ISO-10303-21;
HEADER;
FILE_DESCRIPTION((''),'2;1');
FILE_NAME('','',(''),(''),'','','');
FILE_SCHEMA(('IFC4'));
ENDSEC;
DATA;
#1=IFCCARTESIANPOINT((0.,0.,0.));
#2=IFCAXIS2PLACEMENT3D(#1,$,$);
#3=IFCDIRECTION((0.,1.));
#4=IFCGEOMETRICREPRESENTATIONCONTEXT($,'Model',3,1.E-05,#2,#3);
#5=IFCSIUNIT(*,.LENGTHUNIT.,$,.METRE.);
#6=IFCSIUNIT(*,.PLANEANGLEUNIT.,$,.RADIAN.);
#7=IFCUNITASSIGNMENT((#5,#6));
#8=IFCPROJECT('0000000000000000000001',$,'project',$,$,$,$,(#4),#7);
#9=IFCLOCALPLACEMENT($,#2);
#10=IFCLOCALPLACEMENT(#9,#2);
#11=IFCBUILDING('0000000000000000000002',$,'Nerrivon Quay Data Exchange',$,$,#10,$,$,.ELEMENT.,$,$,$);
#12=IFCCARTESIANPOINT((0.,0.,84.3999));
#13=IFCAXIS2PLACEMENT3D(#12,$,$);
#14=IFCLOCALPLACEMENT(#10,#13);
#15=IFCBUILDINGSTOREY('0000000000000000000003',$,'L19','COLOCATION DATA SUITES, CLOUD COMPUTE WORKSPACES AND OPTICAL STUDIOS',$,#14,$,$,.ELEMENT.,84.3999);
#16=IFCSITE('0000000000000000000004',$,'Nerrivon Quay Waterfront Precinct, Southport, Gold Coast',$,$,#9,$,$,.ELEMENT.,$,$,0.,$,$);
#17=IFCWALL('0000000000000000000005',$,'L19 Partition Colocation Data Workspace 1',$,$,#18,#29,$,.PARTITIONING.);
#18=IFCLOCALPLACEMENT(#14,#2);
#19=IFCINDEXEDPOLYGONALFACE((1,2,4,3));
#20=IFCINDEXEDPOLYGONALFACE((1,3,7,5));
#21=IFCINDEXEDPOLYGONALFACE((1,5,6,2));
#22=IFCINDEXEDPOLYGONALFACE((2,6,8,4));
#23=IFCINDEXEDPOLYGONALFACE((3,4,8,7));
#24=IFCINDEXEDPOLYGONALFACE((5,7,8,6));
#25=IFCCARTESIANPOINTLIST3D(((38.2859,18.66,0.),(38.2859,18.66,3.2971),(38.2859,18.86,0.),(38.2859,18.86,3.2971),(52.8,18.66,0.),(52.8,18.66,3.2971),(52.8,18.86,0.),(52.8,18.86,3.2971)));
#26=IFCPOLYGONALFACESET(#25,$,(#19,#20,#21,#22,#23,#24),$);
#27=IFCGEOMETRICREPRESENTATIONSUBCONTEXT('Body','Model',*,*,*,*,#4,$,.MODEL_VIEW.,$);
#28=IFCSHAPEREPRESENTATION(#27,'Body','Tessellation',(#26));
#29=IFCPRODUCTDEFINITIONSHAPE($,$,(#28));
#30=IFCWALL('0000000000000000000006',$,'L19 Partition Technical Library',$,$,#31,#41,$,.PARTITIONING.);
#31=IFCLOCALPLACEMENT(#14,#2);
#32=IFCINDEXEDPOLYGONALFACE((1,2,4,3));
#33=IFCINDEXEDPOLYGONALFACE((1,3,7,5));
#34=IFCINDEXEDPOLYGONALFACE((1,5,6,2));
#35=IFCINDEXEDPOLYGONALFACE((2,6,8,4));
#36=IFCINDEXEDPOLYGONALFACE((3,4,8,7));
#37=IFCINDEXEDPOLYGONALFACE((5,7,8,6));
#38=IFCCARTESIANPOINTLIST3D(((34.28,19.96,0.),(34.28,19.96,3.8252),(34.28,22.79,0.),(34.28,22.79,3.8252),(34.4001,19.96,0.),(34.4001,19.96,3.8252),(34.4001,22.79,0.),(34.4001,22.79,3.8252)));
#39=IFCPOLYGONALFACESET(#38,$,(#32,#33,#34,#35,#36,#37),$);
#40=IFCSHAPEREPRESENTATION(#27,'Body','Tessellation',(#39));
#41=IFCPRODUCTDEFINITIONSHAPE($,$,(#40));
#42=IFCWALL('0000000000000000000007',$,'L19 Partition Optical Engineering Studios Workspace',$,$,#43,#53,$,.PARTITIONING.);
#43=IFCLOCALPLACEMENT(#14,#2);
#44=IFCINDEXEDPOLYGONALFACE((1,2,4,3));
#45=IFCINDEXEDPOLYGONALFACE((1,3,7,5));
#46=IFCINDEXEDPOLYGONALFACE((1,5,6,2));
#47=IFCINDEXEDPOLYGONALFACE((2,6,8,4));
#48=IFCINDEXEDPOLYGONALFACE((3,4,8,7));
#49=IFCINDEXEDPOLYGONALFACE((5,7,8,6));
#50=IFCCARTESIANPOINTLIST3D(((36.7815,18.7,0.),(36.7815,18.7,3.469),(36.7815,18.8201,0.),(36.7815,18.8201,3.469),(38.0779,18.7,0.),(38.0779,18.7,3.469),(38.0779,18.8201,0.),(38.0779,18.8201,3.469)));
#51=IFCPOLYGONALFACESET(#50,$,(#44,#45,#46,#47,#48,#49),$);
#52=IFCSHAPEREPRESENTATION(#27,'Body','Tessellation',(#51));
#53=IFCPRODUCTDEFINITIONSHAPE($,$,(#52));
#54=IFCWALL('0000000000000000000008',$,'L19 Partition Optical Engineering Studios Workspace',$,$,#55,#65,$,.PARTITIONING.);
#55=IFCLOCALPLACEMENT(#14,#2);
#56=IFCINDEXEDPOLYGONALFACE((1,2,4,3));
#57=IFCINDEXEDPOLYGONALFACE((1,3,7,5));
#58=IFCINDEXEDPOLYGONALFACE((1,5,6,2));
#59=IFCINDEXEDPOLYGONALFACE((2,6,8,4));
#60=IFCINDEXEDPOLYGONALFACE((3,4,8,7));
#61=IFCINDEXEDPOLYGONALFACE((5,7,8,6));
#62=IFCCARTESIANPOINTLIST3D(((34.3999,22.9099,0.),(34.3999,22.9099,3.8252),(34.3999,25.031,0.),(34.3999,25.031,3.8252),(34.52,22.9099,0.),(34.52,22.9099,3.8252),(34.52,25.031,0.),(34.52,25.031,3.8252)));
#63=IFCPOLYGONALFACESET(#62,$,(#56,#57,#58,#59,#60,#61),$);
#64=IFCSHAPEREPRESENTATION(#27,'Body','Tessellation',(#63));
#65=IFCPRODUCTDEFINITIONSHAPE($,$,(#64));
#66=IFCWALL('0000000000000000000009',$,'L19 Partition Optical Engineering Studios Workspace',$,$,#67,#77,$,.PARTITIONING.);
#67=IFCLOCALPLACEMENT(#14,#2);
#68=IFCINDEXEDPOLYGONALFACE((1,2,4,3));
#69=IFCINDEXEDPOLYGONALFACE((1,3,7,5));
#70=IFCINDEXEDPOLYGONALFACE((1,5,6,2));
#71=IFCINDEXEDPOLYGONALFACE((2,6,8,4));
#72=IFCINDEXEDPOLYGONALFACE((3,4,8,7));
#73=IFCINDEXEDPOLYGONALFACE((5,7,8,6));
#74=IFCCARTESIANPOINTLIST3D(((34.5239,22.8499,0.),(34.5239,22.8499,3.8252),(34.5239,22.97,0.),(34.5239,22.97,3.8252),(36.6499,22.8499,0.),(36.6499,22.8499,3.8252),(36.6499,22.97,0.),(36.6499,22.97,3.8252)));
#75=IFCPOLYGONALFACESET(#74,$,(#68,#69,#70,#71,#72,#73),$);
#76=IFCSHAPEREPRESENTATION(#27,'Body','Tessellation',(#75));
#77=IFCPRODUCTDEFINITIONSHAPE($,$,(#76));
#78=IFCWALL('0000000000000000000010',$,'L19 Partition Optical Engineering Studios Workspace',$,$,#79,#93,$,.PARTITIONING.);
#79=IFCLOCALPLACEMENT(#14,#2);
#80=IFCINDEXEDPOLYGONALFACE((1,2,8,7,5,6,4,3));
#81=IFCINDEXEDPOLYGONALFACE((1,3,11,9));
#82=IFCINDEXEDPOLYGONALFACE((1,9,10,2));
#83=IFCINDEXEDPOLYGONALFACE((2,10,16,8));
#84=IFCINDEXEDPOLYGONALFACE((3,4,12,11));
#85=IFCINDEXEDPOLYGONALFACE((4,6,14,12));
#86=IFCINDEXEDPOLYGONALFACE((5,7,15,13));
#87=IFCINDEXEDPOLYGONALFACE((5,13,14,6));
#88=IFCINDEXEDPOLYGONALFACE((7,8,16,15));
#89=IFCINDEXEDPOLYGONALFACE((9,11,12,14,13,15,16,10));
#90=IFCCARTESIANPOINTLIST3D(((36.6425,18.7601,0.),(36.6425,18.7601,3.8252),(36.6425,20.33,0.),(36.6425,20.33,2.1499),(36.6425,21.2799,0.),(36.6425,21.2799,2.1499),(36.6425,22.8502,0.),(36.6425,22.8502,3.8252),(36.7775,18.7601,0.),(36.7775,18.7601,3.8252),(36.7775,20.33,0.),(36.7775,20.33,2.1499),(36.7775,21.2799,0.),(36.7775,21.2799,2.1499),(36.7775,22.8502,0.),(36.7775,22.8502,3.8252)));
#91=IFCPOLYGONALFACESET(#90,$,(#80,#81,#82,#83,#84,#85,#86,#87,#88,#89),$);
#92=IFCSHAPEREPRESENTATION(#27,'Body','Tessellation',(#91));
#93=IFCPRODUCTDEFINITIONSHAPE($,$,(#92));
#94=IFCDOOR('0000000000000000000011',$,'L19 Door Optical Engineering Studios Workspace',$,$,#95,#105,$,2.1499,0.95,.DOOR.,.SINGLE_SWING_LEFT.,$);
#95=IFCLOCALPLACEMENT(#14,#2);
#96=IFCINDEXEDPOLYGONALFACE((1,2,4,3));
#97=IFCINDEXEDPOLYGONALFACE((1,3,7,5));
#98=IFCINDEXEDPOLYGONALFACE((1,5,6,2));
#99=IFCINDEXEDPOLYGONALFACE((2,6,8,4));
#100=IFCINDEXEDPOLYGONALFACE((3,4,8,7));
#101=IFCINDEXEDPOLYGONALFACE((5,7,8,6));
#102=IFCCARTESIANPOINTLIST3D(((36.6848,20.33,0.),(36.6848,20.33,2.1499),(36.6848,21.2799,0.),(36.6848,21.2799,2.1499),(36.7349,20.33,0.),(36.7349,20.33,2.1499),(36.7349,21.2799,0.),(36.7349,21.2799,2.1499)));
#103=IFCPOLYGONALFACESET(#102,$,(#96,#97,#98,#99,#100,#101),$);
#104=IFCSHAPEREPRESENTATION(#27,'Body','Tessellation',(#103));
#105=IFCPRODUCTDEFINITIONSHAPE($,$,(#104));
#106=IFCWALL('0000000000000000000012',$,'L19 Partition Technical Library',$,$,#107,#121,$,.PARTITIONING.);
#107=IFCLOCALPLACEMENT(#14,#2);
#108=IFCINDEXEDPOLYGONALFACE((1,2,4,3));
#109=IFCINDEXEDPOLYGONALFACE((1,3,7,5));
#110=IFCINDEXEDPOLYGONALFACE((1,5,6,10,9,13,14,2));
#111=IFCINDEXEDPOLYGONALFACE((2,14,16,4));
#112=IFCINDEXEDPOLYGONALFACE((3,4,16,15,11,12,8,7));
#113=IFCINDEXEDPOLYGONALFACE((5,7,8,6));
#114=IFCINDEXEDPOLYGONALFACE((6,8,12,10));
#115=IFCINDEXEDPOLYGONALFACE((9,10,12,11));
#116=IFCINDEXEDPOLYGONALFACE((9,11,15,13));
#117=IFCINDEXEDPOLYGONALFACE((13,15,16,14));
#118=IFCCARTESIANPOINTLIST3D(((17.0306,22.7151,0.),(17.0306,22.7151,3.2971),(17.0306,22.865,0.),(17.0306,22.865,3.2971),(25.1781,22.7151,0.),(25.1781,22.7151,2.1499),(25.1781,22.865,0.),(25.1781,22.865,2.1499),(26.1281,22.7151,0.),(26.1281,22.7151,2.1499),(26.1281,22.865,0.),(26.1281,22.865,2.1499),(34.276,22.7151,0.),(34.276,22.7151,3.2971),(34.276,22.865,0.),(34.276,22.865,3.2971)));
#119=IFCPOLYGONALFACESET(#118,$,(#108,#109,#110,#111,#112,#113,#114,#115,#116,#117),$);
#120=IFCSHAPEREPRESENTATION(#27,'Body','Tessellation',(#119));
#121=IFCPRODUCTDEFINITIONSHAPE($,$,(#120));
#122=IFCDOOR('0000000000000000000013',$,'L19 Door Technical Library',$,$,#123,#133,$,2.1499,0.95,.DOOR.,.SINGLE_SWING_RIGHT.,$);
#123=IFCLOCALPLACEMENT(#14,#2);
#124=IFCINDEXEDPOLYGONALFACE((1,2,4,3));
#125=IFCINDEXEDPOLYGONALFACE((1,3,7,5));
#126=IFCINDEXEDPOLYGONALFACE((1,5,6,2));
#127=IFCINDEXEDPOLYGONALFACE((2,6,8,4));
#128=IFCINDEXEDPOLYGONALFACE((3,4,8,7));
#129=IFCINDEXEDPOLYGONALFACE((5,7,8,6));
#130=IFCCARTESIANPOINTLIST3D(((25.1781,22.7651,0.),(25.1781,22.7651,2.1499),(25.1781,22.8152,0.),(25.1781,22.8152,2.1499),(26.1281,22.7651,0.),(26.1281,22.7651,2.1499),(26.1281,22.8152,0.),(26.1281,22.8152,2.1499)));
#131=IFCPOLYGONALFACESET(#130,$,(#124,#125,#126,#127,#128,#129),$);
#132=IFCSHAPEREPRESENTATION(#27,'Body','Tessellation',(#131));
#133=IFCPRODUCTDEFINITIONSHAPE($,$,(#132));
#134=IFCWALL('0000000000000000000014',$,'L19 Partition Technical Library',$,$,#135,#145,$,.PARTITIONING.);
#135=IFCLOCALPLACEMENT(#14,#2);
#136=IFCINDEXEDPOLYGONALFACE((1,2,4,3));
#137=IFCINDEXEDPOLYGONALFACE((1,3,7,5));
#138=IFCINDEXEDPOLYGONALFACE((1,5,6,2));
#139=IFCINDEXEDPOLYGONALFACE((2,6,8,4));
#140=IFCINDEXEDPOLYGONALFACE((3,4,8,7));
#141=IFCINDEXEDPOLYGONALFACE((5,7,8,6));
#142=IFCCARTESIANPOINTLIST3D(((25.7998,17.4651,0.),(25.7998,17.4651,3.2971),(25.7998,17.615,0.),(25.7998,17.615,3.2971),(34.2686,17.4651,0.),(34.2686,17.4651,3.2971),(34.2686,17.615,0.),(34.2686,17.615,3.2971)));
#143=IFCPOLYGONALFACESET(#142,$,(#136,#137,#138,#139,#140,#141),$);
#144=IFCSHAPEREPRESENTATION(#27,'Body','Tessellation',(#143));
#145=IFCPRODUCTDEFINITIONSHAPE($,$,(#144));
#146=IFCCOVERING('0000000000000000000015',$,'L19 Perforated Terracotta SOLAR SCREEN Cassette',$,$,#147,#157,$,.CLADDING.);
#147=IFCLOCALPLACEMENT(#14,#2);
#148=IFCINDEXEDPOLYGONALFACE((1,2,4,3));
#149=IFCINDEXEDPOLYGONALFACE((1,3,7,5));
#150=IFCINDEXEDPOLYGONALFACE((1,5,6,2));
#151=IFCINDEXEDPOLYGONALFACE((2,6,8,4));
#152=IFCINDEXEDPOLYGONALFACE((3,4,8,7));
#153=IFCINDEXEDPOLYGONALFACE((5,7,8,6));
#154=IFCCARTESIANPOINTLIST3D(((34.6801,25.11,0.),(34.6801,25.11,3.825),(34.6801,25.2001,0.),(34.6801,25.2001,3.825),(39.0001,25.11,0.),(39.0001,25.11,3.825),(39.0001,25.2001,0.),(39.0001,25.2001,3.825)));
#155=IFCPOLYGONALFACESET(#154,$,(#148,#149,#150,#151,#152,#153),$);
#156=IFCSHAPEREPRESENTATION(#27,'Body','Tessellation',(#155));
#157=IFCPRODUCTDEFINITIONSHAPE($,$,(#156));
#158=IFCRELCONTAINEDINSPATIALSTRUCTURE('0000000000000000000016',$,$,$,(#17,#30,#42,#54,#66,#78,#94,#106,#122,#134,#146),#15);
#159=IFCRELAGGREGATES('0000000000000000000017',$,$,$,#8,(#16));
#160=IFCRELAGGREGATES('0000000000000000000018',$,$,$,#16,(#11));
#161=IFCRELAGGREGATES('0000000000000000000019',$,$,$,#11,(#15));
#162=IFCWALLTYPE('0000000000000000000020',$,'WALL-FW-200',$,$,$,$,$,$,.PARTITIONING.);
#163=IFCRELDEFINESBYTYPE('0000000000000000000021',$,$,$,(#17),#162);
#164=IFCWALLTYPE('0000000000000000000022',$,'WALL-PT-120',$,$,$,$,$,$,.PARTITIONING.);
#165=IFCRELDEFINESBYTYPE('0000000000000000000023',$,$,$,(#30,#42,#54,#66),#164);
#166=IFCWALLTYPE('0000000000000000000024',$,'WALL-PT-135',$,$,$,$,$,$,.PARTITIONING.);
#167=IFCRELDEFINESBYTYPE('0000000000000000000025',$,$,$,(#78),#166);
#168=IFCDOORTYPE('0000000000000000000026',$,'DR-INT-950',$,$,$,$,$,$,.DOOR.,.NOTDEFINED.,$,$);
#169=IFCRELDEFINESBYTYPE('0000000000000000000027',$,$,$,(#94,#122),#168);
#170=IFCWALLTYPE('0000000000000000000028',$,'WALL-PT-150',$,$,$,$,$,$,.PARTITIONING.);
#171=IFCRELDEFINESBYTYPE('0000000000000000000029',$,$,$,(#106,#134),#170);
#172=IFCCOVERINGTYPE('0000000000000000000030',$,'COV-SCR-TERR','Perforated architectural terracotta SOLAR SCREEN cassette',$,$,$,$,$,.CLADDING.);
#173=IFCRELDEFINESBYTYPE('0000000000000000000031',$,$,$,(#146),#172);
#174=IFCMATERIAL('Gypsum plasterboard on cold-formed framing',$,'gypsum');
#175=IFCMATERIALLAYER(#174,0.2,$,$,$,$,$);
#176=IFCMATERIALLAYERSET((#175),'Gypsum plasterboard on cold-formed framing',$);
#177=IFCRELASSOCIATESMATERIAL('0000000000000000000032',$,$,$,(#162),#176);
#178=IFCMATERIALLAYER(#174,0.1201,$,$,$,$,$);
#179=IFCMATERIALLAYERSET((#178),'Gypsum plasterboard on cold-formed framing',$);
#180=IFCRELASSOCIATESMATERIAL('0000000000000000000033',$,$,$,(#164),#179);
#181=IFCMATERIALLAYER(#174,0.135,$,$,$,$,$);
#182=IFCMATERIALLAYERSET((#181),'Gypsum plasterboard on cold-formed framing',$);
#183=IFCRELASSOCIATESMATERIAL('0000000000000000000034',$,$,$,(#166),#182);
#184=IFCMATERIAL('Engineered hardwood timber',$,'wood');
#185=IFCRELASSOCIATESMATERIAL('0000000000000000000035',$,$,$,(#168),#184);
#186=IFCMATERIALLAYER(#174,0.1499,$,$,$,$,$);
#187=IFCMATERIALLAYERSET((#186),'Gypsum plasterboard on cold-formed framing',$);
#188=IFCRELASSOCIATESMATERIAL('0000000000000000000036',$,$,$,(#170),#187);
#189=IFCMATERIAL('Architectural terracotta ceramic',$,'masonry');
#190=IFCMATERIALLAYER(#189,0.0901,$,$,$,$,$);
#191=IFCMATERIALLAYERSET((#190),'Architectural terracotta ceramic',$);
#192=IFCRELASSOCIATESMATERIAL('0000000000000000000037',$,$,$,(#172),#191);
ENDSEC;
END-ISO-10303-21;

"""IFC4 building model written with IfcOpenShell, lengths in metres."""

from ifc_helpers import new_model, si_unit, direction, frame, frame_2d, origin, origin_2d, place, context, subcontext, project, spatial, rectangle, extrude, material, layer, layer_set, type_object, element, fill, save


model = new_model("IFC4")

# Units and contexts
model_context = context("Model", 3, precision=1e-05, world=origin(), true_north=direction((0.0, 1.0)))
body_context = subcontext(model_context, "Body", "Model", "MODEL_VIEW")
ifc_project = project(units=[si_unit("LENGTHUNIT", "METRE"), si_unit("PLANEANGLEUNIT", "RADIAN")], contexts=[model_context])

# Site, building, storey
site_placement = place(None, origin())
site = spatial("IfcSite", under=ifc_project, at=site_placement, Name="Nerrivon Quay Waterfront Precinct, Southport, Gold Coast", CompositionType="ELEMENT", RefElevation=0.0)
building_placement = place(site_placement, origin())
building = spatial("IfcBuilding", under=site, at=building_placement, Name="Nerrivon Quay Data Exchange", CompositionType="ELEMENT")
storey_placement = place(building_placement, frame((0.0, 0.0, 84.3999)))
storey = spatial("IfcBuildingStorey", under=building, at=storey_placement, Name="L19", Description="COLOCATION DATA SUITES, CLOUD COMPUTE WORKSPACES AND OPTICAL STUDIOS", CompositionType="ELEMENT", Elevation=84.3999)

# Walls
ifc_material_1 = material(Name="Gypsum plasterboard on cold-formed framing", Category="gypsum")
ifc_layer_1 = layer(ifc_material_1, 0.2)
ifc_layer_set_1 = layer_set([ifc_layer_1], Name="Gypsum plasterboard on cold-formed framing")
wall_type_1 = type_object("IfcWallType", Name="WALL-FW-200", PredefinedType="PARTITIONING", material=ifc_layer_set_1)
wall_1_placement = place(storey_placement, frame((38.2859, 18.76, 0.0), z_axis=(0.0, 0.0, 1.0), x_axis=(1.0, 0.0, 0.0)))
element("IfcWall", 1, at=wall_1_placement, inside=storey, type_object=wall_type_1, Name="L19 Partition Colocation Data Workspace 1", PredefinedType="PARTITIONING", context=body_context, shape_type="SweptSolid", body=[
    extrude(rectangle(XDim=14.5142, YDim=0.2, at=frame_2d((7.2571, 0.0))), origin(), (0.0, 0.0, 1.0), 3.2971),
])
ifc_layer_2 = layer(ifc_material_1, 0.1201)
ifc_layer_set_2 = layer_set([ifc_layer_2], Name="Gypsum plasterboard on cold-formed framing")
wall_type_2 = type_object("IfcWallType", Name="WALL-PT-120", PredefinedType="PARTITIONING", material=ifc_layer_set_2)
wall_2_placement = place(storey_placement, frame((34.3401, 19.96, 0.0), z_axis=(0.0, 0.0, 1.0), x_axis=(0.0, 1.0, 0.0)))
element("IfcWall", 2, at=wall_2_placement, inside=storey, type_object=wall_type_2, Name="L19 Partition Technical Library", PredefinedType="PARTITIONING", context=body_context, shape_type="SweptSolid", body=[
    extrude(rectangle(XDim=2.8301, YDim=0.1201, at=frame_2d((1.415, 0.0))), origin(), (0.0, 0.0, 1.0), 3.8252),
])
wall_3_placement = place(storey_placement, frame((36.7815, 18.76, 0.0), z_axis=(0.0, 0.0, 1.0), x_axis=(1.0, 0.0, 0.0)))
element("IfcWall", 3, at=wall_3_placement, inside=storey, type_object=wall_type_2, Name="L19 Partition Optical Engineering Studios Workspace", PredefinedType="PARTITIONING", context=body_context, shape_type="SweptSolid", body=[
    extrude(rectangle(XDim=1.2964, YDim=0.1201, at=frame_2d((0.6482, 0.0))), origin(), (0.0, 0.0, 1.0), 3.469),
])
wall_4_placement = place(storey_placement, frame((34.46, 25.031, 0.0), z_axis=(0.0, 0.0, 1.0), x_axis=(0.0, -1.0, 0.0)))
element("IfcWall", 4, at=wall_4_placement, inside=storey, type_object=wall_type_2, Name="L19 Partition Optical Engineering Studios Workspace", PredefinedType="PARTITIONING", context=body_context, shape_type="SweptSolid", body=[
    extrude(rectangle(XDim=2.1211, YDim=0.1201, at=frame_2d((1.0605, 0.0))), origin(), (0.0, 0.0, 1.0), 3.8252),
])
wall_5_placement = place(storey_placement, frame((34.5239, 22.9099, 0.0), z_axis=(0.0, 0.0, 1.0), x_axis=(1.0, 0.0, 0.0)))
element("IfcWall", 5, at=wall_5_placement, inside=storey, type_object=wall_type_2, Name="L19 Partition Optical Engineering Studios Workspace", PredefinedType="PARTITIONING", context=body_context, shape_type="SweptSolid", body=[
    extrude(rectangle(XDim=2.126, YDim=0.1201, at=frame_2d((1.063, 0.0))), origin(), (0.0, 0.0, 1.0), 3.8252),
])

# Walls, openings, doors
ifc_layer_3 = layer(ifc_material_1, 0.135)
ifc_layer_set_3 = layer_set([ifc_layer_3], Name="Gypsum plasterboard on cold-formed framing")
wall_type_3 = type_object("IfcWallType", Name="WALL-PT-135", PredefinedType="PARTITIONING", material=ifc_layer_set_3)
wall_6_placement = place(storey_placement, frame((36.71, 22.8501, 0.0), z_axis=(0.0, 0.0, 1.0), x_axis=(0.0, -1.0, 0.0)))
wall_6 = element("IfcWall", 6, at=wall_6_placement, inside=storey, type_object=wall_type_3, Name="L19 Partition Optical Engineering Studios Workspace", PredefinedType="PARTITIONING", context=body_context, shape_type="SweptSolid", body=[
    extrude(rectangle(XDim=4.0901, YDim=0.135, at=frame_2d((2.0449, 0.0))), origin(), (0.0, 0.0, 1.0), 3.8252),
])
opening_1_placement = place(wall_6_placement, frame((1.5701, 0.0, 0.0)))
opening_1 = element("IfcOpeningElement", 7, at=opening_1_placement, cuts=wall_6, PredefinedType="OPENING", context=body_context, shape_type="SweptSolid", body=[
    extrude(rectangle(XDim=0.95, YDim=2.1499, at=frame_2d((0.4751, 1.075))), frame((0.0, 0.0774, 0.0), z_axis=(0.0, -1.0, 0.0), x_axis=(1.0, 0.0, 0.0)), (0.0, 0.0, 1.0), 0.155),
])
ifc_material_2 = material(Name="Engineered hardwood timber", Category="wood")
door_type = type_object("IfcDoorType", Name="DR-INT-950", OperationType="NOTDEFINED", PredefinedType="DOOR", material=ifc_material_2)
door_1_placement = place(opening_1_placement, origin())
door_1 = element("IfcDoor", 8, at=door_1_placement, inside=storey, type_object=door_type, Name="L19 Door Optical Engineering Studios Workspace", OperationType="SINGLE_SWING_LEFT", OverallHeight=2.1499, OverallWidth=0.95, PredefinedType="DOOR", context=body_context, shape_type="SweptSolid", body=[
    extrude(rectangle(XDim=0.95, YDim=2.1499, at=frame_2d((0.4751, 1.075))), frame((0.0, 0.0249, 0.0), z_axis=(0.0, -1.0, 0.0), x_axis=(1.0, 0.0, 0.0)), (0.0, 0.0, 1.0), 0.05),
])
fill(opening_1, door_1)
ifc_layer_4 = layer(ifc_material_1, 0.1499)
ifc_layer_set_4 = layer_set([ifc_layer_4], Name="Gypsum plasterboard on cold-formed framing")
wall_type_4 = type_object("IfcWallType", Name="WALL-PT-150", PredefinedType="PARTITIONING", material=ifc_layer_set_4)
wall_7_placement = place(storey_placement, frame((34.2759, 22.79, 0.0), z_axis=(0.0, 0.0, 1.0), x_axis=(-1.0, 0.0, 0.0)))
wall_7 = element("IfcWall", 9, at=wall_7_placement, inside=storey, type_object=wall_type_4, Name="L19 Partition Technical Library", PredefinedType="PARTITIONING", context=body_context, shape_type="SweptSolid", body=[
    extrude(rectangle(XDim=17.2454, YDim=0.1499, at=frame_2d((8.6226, 0.0))), origin(), (0.0, 0.0, 1.0), 3.2971),
])
opening_2_placement = place(wall_7_placement, frame((8.1477, 0.0, 0.0)))
opening_2 = element("IfcOpeningElement", 10, at=opening_2_placement, cuts=wall_7, PredefinedType="OPENING", context=body_context, shape_type="SweptSolid", body=[
    extrude(rectangle(XDim=0.95, YDim=2.1499, at=frame_2d((0.4751, 1.075))), frame((0.0, 0.085, 0.0), z_axis=(0.0, -1.0, 0.0), x_axis=(1.0, 0.0, 0.0)), (0.0, 0.0, 1.0), 0.1699),
])
door_2_placement = place(opening_2_placement, origin())
door_2 = element("IfcDoor", 11, at=door_2_placement, inside=storey, type_object=door_type, Name="L19 Door Technical Library", OperationType="SINGLE_SWING_RIGHT", OverallHeight=2.1499, OverallWidth=0.95, PredefinedType="DOOR", context=body_context, shape_type="SweptSolid", body=[
    extrude(rectangle(XDim=0.95, YDim=2.1499, at=frame_2d((0.4751, 1.075))), frame((0.0, 0.0249, 0.0), z_axis=(0.0, -1.0, 0.0), x_axis=(1.0, 0.0, 0.0)), (0.0, 0.0, 1.0), 0.05),
])
fill(opening_2, door_2)

# Wall
wall_8_placement = place(storey_placement, frame((34.2686, 17.54, 0.0), z_axis=(0.0, 0.0, 1.0), x_axis=(-1.0, 0.0, 0.0)))
element("IfcWall", 12, at=wall_8_placement, inside=storey, type_object=wall_type_4, Name="L19 Partition Technical Library", PredefinedType="PARTITIONING", context=body_context, shape_type="SweptSolid", body=[
    extrude(rectangle(XDim=8.4688, YDim=0.1499, at=frame_2d((4.2344, 0.0))), origin(), (0.0, 0.0, 1.0), 3.2971),
])

# Covering
ifc_material_3 = material(Name="Architectural terracotta ceramic", Category="masonry")
ifc_layer_5 = layer(ifc_material_3, 0.0901)
ifc_layer_set_5 = layer_set([ifc_layer_5], Name="Architectural terracotta ceramic")
covering_type = type_object("IfcCoveringType", Name="COV-SCR-TERR", Description="Perforated architectural terracotta SOLAR SCREEN cassette", PredefinedType="CLADDING", material=ifc_layer_set_5)
covering_placement = place(storey_placement, frame((36.8401, 25.155, 0.0), z_axis=(0.0, 0.0, 1.0), x_axis=(1.0, 0.0, 0.0)))
element("IfcCovering", 13, at=covering_placement, inside=storey, type_object=covering_type, Name="L19 Perforated Terracotta SOLAR SCREEN Cassette", PredefinedType="CLADDING", context=body_context, shape_type="SweptSolid", body=[
    extrude(rectangle(XDim=4.3201, YDim=0.0901, at=origin_2d()), origin(), (0.0, 0.0, 1.0), 3.825),
])

save(model, "model.ifc")
